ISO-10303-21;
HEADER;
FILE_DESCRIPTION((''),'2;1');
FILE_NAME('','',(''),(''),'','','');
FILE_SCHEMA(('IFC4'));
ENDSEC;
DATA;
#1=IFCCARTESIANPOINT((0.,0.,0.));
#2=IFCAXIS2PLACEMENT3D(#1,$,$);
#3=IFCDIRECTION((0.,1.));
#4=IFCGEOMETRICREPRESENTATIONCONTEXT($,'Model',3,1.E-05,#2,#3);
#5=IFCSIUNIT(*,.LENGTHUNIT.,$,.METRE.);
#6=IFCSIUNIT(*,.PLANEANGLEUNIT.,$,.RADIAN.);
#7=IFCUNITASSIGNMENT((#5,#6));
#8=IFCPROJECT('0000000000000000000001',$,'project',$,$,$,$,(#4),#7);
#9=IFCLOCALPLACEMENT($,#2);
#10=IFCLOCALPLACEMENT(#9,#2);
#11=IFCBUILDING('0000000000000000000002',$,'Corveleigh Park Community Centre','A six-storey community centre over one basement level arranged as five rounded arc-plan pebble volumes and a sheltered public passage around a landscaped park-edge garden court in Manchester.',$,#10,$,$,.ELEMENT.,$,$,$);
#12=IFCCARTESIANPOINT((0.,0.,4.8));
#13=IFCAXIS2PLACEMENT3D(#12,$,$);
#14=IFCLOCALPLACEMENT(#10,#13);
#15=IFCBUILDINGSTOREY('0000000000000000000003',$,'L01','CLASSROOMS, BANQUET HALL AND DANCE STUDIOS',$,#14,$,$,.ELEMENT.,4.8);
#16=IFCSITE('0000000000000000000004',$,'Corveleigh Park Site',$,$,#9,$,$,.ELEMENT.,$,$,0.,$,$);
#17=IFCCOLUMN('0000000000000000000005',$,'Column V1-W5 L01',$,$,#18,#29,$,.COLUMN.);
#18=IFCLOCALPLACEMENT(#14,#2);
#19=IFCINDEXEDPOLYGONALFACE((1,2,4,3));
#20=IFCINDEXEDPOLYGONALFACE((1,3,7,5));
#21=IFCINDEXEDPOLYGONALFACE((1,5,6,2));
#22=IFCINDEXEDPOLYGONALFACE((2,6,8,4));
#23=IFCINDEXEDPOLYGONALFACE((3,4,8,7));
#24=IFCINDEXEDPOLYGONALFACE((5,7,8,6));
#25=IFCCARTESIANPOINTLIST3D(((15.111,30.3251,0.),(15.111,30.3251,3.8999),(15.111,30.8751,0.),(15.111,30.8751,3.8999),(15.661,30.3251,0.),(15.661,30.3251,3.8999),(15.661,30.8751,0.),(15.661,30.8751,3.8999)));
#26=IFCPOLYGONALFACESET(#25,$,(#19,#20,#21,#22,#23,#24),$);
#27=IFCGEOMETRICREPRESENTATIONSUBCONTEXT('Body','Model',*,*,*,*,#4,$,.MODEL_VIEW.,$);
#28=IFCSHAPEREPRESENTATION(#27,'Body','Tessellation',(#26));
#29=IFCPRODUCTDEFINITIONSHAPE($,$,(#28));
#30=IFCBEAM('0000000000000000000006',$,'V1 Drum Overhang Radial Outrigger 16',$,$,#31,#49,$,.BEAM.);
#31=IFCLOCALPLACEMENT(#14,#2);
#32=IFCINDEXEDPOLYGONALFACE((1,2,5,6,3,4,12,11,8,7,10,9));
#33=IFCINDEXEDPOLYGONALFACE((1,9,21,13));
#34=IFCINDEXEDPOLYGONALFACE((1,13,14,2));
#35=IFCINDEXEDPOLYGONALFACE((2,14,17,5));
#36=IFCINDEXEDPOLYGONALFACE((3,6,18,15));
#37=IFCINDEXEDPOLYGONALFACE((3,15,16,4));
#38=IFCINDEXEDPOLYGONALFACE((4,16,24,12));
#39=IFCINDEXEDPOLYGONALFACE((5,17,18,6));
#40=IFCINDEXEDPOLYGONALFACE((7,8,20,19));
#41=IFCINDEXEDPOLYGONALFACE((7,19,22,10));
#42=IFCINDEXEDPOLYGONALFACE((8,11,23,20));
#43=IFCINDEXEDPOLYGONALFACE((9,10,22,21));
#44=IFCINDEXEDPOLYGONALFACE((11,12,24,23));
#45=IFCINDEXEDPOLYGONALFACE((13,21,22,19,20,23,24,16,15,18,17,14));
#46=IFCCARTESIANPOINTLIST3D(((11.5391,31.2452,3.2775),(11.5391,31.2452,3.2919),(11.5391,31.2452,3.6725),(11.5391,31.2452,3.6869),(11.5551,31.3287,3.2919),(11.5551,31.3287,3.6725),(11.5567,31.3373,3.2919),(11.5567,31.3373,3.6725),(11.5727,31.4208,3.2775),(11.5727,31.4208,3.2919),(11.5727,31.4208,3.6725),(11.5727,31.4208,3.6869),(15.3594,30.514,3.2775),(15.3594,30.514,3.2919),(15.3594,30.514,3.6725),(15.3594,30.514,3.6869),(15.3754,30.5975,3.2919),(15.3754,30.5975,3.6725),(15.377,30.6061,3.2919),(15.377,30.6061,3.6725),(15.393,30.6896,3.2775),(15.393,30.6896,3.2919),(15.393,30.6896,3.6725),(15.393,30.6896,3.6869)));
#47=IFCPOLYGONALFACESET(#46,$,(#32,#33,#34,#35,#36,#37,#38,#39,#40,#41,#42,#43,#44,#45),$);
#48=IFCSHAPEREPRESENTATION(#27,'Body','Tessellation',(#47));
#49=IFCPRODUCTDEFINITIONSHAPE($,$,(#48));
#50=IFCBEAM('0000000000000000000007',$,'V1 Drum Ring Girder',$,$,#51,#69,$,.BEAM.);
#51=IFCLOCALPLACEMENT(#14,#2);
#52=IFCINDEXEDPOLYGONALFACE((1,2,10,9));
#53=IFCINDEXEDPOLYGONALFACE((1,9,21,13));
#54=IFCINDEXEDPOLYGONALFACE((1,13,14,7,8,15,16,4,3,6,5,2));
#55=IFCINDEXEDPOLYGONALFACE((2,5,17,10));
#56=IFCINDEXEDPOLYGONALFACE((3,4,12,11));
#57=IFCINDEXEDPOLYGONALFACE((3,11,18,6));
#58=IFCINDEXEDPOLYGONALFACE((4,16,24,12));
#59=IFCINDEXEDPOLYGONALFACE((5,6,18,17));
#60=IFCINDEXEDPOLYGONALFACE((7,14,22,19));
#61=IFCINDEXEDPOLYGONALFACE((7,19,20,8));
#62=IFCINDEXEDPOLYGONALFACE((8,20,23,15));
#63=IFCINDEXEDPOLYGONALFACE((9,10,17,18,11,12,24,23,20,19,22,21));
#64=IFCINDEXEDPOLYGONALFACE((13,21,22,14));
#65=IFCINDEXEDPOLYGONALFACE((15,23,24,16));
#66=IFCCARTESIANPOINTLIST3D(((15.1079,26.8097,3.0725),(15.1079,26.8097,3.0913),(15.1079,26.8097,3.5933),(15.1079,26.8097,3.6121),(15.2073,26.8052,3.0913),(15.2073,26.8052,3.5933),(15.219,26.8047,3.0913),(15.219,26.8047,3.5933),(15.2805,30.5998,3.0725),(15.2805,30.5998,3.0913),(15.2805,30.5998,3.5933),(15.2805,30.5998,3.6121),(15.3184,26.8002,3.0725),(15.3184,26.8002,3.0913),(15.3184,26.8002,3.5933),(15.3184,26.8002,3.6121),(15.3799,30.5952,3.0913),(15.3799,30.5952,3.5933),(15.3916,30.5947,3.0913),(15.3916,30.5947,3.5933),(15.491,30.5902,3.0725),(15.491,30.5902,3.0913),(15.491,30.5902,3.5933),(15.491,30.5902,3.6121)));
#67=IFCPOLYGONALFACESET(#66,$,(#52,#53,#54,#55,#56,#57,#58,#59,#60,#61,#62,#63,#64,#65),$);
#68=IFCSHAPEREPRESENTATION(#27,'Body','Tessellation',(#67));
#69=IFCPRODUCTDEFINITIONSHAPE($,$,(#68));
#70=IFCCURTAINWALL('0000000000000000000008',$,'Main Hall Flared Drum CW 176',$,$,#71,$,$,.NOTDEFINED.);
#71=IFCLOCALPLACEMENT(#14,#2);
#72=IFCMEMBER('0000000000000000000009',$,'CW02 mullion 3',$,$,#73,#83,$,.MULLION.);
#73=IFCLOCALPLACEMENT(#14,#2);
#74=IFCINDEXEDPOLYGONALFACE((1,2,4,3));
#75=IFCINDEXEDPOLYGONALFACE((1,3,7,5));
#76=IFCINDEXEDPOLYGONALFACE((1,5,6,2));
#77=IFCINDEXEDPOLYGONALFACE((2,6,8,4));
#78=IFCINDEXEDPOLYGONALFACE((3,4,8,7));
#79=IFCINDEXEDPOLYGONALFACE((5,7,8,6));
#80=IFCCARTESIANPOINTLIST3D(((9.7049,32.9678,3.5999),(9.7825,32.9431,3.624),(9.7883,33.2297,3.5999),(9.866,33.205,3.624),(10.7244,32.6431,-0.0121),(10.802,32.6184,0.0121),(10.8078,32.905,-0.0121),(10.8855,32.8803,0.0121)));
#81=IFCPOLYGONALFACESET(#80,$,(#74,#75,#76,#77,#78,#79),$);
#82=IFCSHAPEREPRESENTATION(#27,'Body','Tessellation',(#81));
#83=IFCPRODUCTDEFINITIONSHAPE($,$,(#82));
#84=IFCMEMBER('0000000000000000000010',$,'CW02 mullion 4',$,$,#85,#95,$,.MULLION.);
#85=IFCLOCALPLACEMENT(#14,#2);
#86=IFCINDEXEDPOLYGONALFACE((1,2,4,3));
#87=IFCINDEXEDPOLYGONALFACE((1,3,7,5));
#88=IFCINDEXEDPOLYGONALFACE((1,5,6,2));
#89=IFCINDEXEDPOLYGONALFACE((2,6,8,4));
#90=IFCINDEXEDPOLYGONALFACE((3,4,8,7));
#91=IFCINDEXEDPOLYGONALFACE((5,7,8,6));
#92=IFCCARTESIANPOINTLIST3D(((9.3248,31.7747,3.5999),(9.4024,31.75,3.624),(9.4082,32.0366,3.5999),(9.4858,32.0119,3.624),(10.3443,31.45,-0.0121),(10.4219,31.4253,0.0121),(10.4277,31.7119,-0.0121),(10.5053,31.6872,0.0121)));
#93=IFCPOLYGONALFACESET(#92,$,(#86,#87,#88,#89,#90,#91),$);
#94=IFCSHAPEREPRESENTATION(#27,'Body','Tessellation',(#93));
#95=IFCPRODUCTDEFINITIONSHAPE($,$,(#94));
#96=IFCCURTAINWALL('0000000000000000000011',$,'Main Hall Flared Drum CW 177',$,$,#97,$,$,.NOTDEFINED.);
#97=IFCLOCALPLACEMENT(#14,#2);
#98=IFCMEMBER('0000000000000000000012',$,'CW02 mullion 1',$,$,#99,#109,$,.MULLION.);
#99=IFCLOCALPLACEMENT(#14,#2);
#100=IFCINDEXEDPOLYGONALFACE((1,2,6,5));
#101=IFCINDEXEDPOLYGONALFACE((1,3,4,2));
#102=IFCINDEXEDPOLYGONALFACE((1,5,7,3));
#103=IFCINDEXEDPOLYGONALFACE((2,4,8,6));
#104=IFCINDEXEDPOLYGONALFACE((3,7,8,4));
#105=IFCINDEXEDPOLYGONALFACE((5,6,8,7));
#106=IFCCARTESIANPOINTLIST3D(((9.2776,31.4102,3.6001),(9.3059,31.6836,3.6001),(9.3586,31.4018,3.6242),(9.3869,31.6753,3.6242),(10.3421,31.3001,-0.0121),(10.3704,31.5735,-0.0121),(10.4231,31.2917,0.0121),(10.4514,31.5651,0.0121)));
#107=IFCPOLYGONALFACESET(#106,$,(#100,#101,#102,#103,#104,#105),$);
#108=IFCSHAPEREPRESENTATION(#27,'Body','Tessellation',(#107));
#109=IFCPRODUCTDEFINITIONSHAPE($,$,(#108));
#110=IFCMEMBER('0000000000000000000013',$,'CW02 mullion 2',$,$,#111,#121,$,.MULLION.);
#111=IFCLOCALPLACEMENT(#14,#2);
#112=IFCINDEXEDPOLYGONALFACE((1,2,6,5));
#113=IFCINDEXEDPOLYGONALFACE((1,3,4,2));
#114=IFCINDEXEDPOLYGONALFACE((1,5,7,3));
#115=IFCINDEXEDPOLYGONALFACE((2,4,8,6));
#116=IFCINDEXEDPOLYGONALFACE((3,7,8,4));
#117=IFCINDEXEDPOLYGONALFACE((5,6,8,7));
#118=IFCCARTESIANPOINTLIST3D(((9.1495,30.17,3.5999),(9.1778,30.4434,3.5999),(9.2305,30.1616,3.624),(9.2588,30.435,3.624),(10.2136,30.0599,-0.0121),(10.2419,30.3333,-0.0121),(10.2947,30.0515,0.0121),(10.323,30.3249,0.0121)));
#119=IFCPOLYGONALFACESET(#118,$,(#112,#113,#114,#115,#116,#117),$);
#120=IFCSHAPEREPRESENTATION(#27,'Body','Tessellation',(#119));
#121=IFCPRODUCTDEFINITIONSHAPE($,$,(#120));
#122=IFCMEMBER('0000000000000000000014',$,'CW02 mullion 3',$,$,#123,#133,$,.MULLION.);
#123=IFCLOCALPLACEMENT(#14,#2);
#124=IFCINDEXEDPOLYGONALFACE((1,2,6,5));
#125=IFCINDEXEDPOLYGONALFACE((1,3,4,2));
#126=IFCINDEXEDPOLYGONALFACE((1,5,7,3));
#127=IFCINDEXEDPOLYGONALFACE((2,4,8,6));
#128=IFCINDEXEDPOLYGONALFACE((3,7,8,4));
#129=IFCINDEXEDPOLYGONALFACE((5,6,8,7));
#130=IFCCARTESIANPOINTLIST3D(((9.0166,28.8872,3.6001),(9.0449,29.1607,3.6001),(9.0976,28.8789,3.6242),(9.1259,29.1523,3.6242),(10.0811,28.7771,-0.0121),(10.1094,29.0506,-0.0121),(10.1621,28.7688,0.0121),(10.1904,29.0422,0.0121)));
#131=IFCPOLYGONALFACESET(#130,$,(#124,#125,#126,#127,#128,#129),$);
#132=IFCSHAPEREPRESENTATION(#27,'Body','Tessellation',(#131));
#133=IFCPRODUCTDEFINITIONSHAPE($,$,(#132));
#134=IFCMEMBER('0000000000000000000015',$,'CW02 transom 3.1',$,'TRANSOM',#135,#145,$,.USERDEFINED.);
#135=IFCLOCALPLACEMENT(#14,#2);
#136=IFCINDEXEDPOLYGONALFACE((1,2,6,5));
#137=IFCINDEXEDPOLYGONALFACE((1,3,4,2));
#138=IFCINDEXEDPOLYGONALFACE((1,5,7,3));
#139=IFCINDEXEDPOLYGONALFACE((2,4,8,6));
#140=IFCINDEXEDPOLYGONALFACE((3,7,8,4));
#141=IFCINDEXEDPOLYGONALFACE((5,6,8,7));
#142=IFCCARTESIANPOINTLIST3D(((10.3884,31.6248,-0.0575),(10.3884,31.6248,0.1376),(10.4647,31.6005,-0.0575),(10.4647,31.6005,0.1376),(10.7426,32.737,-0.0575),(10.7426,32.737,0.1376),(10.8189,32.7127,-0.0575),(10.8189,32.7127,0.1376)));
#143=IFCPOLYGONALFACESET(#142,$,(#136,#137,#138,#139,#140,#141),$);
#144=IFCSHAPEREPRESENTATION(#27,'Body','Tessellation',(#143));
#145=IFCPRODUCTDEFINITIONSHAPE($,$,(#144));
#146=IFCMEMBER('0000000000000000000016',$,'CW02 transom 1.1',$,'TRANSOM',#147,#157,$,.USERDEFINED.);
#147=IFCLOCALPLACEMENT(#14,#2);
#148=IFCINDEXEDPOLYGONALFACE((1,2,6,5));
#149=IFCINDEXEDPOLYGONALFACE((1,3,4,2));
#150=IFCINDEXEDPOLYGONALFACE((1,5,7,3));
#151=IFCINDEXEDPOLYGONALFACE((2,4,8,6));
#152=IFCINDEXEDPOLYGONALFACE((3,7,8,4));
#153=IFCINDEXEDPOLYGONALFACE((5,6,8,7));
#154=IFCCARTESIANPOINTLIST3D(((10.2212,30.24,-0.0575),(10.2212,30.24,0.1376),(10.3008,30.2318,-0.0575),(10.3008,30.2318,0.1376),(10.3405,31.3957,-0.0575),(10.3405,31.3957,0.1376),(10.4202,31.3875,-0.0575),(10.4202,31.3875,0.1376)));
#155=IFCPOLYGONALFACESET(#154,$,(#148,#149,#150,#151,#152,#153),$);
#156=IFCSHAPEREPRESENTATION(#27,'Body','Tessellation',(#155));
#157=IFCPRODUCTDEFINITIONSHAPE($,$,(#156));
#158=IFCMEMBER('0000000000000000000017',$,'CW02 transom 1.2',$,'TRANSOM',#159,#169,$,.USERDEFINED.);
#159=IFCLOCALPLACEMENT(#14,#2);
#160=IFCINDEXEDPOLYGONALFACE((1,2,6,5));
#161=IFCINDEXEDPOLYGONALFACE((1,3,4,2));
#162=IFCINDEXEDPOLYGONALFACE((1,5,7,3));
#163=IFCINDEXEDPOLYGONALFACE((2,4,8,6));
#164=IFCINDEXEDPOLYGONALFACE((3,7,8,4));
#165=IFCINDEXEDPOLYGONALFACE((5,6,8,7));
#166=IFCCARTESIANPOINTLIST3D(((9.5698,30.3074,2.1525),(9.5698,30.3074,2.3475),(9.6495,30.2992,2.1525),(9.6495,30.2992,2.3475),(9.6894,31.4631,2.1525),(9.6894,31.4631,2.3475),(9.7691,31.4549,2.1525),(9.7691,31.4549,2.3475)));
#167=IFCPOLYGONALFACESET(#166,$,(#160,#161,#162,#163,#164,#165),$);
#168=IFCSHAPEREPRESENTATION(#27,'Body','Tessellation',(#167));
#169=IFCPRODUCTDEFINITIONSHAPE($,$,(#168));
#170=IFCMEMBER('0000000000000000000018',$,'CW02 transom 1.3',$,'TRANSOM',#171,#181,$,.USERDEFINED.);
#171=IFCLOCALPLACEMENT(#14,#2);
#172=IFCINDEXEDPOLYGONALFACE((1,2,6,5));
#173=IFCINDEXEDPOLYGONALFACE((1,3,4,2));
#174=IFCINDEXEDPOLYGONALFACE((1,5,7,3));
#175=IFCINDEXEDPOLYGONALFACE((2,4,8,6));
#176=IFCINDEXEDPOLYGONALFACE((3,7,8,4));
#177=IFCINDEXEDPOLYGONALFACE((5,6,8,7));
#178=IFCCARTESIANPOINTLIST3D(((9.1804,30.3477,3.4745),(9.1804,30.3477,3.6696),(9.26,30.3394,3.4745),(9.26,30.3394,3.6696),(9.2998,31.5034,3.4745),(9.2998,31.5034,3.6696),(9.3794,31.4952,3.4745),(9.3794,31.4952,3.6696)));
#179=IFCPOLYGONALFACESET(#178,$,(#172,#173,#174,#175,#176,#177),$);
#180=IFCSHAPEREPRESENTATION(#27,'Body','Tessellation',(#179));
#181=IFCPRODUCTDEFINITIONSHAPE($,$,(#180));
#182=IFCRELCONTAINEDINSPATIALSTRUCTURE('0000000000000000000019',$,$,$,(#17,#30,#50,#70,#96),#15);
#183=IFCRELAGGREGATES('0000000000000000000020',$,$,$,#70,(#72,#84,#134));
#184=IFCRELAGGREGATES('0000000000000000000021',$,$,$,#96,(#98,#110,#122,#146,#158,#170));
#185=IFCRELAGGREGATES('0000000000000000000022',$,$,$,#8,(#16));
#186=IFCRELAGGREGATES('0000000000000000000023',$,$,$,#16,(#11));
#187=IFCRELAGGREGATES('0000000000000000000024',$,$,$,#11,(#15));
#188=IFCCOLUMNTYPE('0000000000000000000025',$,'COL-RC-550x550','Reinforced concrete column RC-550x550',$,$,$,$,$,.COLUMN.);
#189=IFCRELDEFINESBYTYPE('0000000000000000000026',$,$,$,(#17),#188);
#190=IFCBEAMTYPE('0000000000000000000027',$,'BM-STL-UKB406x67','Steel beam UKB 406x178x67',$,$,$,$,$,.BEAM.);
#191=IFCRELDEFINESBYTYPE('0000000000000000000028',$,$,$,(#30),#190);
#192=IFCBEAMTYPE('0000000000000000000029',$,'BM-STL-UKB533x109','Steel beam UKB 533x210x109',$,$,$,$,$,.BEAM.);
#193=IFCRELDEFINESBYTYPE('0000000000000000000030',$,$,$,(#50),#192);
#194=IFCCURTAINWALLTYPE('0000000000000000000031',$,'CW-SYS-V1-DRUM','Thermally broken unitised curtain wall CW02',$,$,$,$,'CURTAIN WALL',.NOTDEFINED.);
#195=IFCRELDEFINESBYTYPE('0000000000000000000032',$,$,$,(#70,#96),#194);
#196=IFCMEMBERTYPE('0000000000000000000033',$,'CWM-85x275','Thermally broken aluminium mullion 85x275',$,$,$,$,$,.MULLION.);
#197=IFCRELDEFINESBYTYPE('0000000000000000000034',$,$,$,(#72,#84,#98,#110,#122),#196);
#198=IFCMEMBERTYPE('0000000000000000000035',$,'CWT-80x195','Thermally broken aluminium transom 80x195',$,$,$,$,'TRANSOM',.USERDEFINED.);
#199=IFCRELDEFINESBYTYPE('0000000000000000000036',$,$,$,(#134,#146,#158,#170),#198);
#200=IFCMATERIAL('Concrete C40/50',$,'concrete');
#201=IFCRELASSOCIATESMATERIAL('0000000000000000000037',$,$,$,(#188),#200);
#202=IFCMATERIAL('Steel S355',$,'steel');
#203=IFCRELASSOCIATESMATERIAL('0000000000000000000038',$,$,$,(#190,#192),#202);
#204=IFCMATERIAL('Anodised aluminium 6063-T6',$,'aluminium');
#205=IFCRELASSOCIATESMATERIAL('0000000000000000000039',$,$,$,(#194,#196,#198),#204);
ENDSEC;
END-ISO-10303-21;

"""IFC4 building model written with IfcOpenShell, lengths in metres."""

from ifc_helpers import new_model, si_unit, direction, frame, origin, origin_2d, place, context, subcontext, project, spatial, rectangle, i_section, extrude, material, material_profile, profile_set, type_object, element, aggregate, save


model = new_model("IFC4")

# Units and contexts
model_context = context("Model", 3, precision=1e-05, world=origin(), true_north=direction((0.0, 1.0)))
body_context = subcontext(model_context, "Body", "Model", "MODEL_VIEW")
ifc_project = project(units=[si_unit("LENGTHUNIT", "METRE"), si_unit("PLANEANGLEUNIT", "RADIAN")], contexts=[model_context])

# Site, building, storey
site_placement = place(None, origin())
site = spatial("IfcSite", under=ifc_project, at=site_placement, Name="Corveleigh Park Site", CompositionType="ELEMENT", RefElevation=0.0)
building_placement = place(site_placement, origin())
building = spatial("IfcBuilding", under=site, at=building_placement, Name="Corveleigh Park Community Centre", Description="A six-storey community centre over one basement level arranged as five rounded arc-plan pebble volumes and a sheltered public passage around a landscaped park-edge garden court in Manchester.", CompositionType="ELEMENT")
storey_placement = place(building_placement, frame((0.0, 0.0, 4.8)))
storey = spatial("IfcBuildingStorey", under=building, at=storey_placement, Name="L01", Description="CLASSROOMS, BANQUET HALL AND DANCE STUDIOS", CompositionType="ELEMENT", Elevation=4.8)

# Column
ifc_material_1 = material(Name="Concrete C40/50", Category="concrete")
ifc_material_profile_1 = material_profile(ifc_material_1, rectangle(XDim=0.55, YDim=0.55, at=origin_2d()), Name="RC-550x550", Category="concrete")
ifc_profile_set_1 = profile_set([ifc_material_profile_1], Name="Concrete C40/50")
column_type = type_object("IfcColumnType", Name="COL-RC-550x550", Description="Reinforced concrete column RC-550x550", PredefinedType="COLUMN", material=ifc_profile_set_1)
column_placement = place(storey_placement, frame((15.386, 30.6001, 0.0), z_axis=(0.0, 0.0, 1.0), x_axis=(1.0, 0.0, 0.0)))
element("IfcColumn", 1, at=column_placement, inside=storey, type_object=column_type, Name="Column V1-W5 L01", PredefinedType="COLUMN", context=body_context, shape_type="SweptSolid", body=[
    extrude(rectangle(XDim=0.55, YDim=0.55, at=origin_2d()), origin(), (0.0, 0.0, 1.0), 3.8999),
])

# Beams
ifc_material_2 = material(Name="Steel S355", Category="steel")
ifc_material_profile_2 = material_profile(ifc_material_2, i_section(OverallWidth=0.1787, OverallDepth=0.4094, WebThickness=0.0088, FlangeThickness=0.0144, at=origin_2d()), Name="UKB 406x178x67", Category="steel")
ifc_profile_set_2 = profile_set([ifc_material_profile_2], Name="Steel S355")
beam_type_1 = type_object("IfcBeamType", Name="BM-STL-UKB406x67", Description="Steel beam UKB 406x178x67", PredefinedType="BEAM", material=ifc_profile_set_2)
beam_1_placement = place(storey_placement, frame((15.3762, 30.6018, 3.4822), z_axis=(-0.982172, 0.187986, 0.0), x_axis=(-0.187986, -0.982172, 0.0)))
element("IfcBeam", 2, at=beam_1_placement, inside=storey, type_object=beam_type_1, Name="V1 Drum Overhang Radial Outrigger 16", PredefinedType="BEAM", context=body_context, shape_type="SweptSolid", body=[
    extrude(i_section(OverallWidth=0.1787, OverallDepth=0.4094, WebThickness=0.0088, FlangeThickness=0.0144, at=origin_2d()), origin(), (0.0, 0.0, 1.0), 3.8896),
])
ifc_material_profile_3 = material_profile(ifc_material_2, i_section(OverallWidth=0.2107, OverallDepth=0.5396, WebThickness=0.0117, FlangeThickness=0.0188, at=origin_2d()), Name="UKB 533x210x109", Category="steel")
ifc_profile_set_3 = profile_set([ifc_material_profile_3], Name="Steel S355")
beam_type_2 = type_object("IfcBeamType", Name="BM-STL-UKB533x109", Description="Steel beam UKB 533x210x109", PredefinedType="BEAM", material=ifc_profile_set_3)
beam_2_placement = place(storey_placement, frame((15.3857, 30.595, 3.3423), z_axis=(-0.045495, -0.998965, 0.0), x_axis=(0.998965, -0.045495, 0.0)))
element("IfcBeam", 3, at=beam_2_placement, inside=storey, type_object=beam_type_2, Name="V1 Drum Ring Girder", PredefinedType="BEAM", context=body_context, shape_type="SweptSolid", body=[
    extrude(i_section(OverallWidth=0.2107, OverallDepth=0.5396, WebThickness=0.0117, FlangeThickness=0.0188, at=origin_2d()), origin(), (0.0, 0.0, 1.0), 3.7939),
])

# Curtain walls, members
ifc_material_3 = material(Name="Anodised aluminium 6063-T6", Category="aluminium")
curtain_wall_type = type_object("IfcCurtainWallType", Name="CW-SYS-V1-DRUM", Description="Thermally broken unitised curtain wall CW02", ElementType="CURTAIN WALL", PredefinedType="NOTDEFINED", material=ifc_material_3)
curtain_wall_1_placement = place(storey_placement, origin())
curtain_wall_1 = element("IfcCurtainWall", 4, at=curtain_wall_1_placement, inside=storey, type_object=curtain_wall_type, Name="Main Hall Flared Drum CW 176", PredefinedType="NOTDEFINED")
ifc_material_profile_4 = material_profile(ifc_material_3, rectangle(XDim=0.085, YDim=0.2749, at=origin_2d()), Name="ALU-M85x275", Category="aluminium")
ifc_profile_set_4 = profile_set([ifc_material_profile_4], Name="Anodised aluminium 6063-T6")
member_type_1 = type_object("IfcMemberType", Name="CWM-85x275", Description="Thermally broken aluminium mullion 85x275", PredefinedType="MULLION", material=ifc_profile_set_4)
member_1_placement = place(storey_placement, frame((10.8049, 32.7617, 0.0), z_axis=(-0.270633, 0.086193, 0.958816), x_axis=(0.9136, -0.290969, 0.284027)))
member_1 = element("IfcMember", 5, at=member_1_placement, type_object=member_type_1, Name="CW02 mullion 3", PredefinedType="MULLION", context=body_context, shape_type="SweptSolid", body=[
    extrude(rectangle(XDim=0.085, YDim=0.2749, at=origin_2d()), origin(), (0.0, 0.0, 1.0), 3.7671),
])
member_2_placement = place(storey_placement, frame((10.4248, 31.5686, 0.0), z_axis=(-0.270633, 0.086193, 0.958816), x_axis=(0.9136, -0.290969, 0.284027)))
member_2 = element("IfcMember", 6, at=member_2_placement, type_object=member_type_1, Name="CW02 mullion 4", PredefinedType="MULLION", context=body_context, shape_type="SweptSolid", body=[
    extrude(rectangle(XDim=0.085, YDim=0.2749, at=origin_2d()), origin(), (0.0, 0.0, 1.0), 3.7671),
])
curtain_wall_2_placement = place(storey_placement, origin())
curtain_wall_2 = element("IfcCurtainWall", 7, at=curtain_wall_2_placement, inside=storey, type_object=curtain_wall_type, Name="Main Hall Flared Drum CW 177", PredefinedType="NOTDEFINED")
member_3_placement = place(storey_placement, frame((10.3967, 31.4326, 0.0), z_axis=(-0.282554, 0.029228, 0.958806), x_axis=(0.953717, -0.098653, 0.284062)))
member_3 = element("IfcMember", 8, at=member_3_placement, type_object=member_type_1, Name="CW02 mullion 1", PredefinedType="MULLION", context=body_context, shape_type="SweptSolid", body=[
    extrude(rectangle(XDim=0.085, YDim=0.2749, at=origin_2d()), origin(), (0.0, 0.0, 1.0), 3.7673),
])
member_4_placement = place(storey_placement, frame((10.2683, 30.1924, 0.0), z_axis=(-0.282495, 0.029228, 0.958823), x_axis=(0.953732, -0.098677, 0.284003)))
member_4 = element("IfcMember", 9, at=member_4_placement, type_object=member_type_1, Name="CW02 mullion 2", PredefinedType="MULLION", context=body_context, shape_type="SweptSolid", body=[
    extrude(rectangle(XDim=0.085, YDim=0.2749, at=origin_2d()), origin(), (0.0, 0.0, 1.0), 3.7671),
])
member_5_placement = place(storey_placement, frame((10.1357, 28.9097, 0.0), z_axis=(-0.282554, 0.029228, 0.958806), x_axis=(0.953717, -0.098653, 0.284062)))
member_5 = element("IfcMember", 10, at=member_5_placement, type_object=member_type_1, Name="CW02 mullion 3", PredefinedType="MULLION", context=body_context, shape_type="SweptSolid", body=[
    extrude(rectangle(XDim=0.085, YDim=0.2749, at=origin_2d()), origin(), (0.0, 0.0, 1.0), 3.7673),
])

# Members
ifc_material_profile_5 = material_profile(ifc_material_3, rectangle(XDim=0.0801, YDim=0.1951, at=origin_2d()), Name="ALU-T80x195", Category="aluminium")
ifc_profile_set_5 = profile_set([ifc_material_profile_5], Name="Anodised aluminium 6063-T6")
member_type_2 = type_object("IfcMemberType", Name="CWT-80x195", Description="Thermally broken aluminium transom 80x195", ElementType="TRANSOM", PredefinedType="USERDEFINED", material=ifc_profile_set_5)
member_6_placement = place(storey_placement, frame((10.7808, 32.7249, 0.04), z_axis=(-0.303463, -0.952843, 0.0), x_axis=(0.952843, -0.303463, 0.0)))
member_6 = element("IfcMember", 11, at=member_6_placement, type_object=member_type_2, Name="CW02 transom 3.1", ObjectType="TRANSOM", PredefinedType="USERDEFINED", context=body_context, shape_type="SweptSolid", body=[
    extrude(rectangle(XDim=0.0801, YDim=0.1951, at=origin_2d()), origin(), (0.0, 0.0, 1.0), 1.1672),
])
member_7_placement = place(storey_placement, frame((10.3804, 31.3916, 0.04), z_axis=(-0.102749, -0.994707, 0.0), x_axis=(0.994707, -0.102749, 0.0)))
member_7 = element("IfcMember", 12, at=member_7_placement, type_object=member_type_2, Name="CW02 transom 1.1", ObjectType="TRANSOM", PredefinedType="USERDEFINED", context=body_context, shape_type="SweptSolid", body=[
    extrude(rectangle(XDim=0.0801, YDim=0.1951, at=origin_2d()), origin(), (0.0, 0.0, 1.0), 1.1619),
])
member_8_placement = place(storey_placement, frame((9.7292, 31.459, 2.25), z_axis=(-0.102957, -0.994686, 0.0), x_axis=(0.994686, -0.102957, 0.0)))
member_8 = element("IfcMember", 13, at=member_8_placement, type_object=member_type_2, Name="CW02 transom 1.2", ObjectType="TRANSOM", PredefinedType="USERDEFINED", context=body_context, shape_type="SweptSolid", body=[
    extrude(rectangle(XDim=0.0801, YDim=0.1951, at=origin_2d()), origin(), (0.0, 0.0, 1.0), 1.1619),
])
member_9_placement = place(storey_placement, frame((9.3396, 31.4993, 3.572), z_axis=(-0.102749, -0.994707, 0.0), x_axis=(0.994707, -0.102749, 0.0)))
member_9 = element("IfcMember", 14, at=member_9_placement, type_object=member_type_2, Name="CW02 transom 1.3", ObjectType="TRANSOM", PredefinedType="USERDEFINED", context=body_context, shape_type="SweptSolid", body=[
    extrude(rectangle(XDim=0.0801, YDim=0.1951, at=origin_2d()), origin(), (0.0, 0.0, 1.0), 1.1619),
])

aggregate(curtain_wall_1, [member_1, member_2, member_6])
aggregate(curtain_wall_2, [member_3, member_4, member_5, member_7, member_8, member_9])

save(model, "model.ifc")
